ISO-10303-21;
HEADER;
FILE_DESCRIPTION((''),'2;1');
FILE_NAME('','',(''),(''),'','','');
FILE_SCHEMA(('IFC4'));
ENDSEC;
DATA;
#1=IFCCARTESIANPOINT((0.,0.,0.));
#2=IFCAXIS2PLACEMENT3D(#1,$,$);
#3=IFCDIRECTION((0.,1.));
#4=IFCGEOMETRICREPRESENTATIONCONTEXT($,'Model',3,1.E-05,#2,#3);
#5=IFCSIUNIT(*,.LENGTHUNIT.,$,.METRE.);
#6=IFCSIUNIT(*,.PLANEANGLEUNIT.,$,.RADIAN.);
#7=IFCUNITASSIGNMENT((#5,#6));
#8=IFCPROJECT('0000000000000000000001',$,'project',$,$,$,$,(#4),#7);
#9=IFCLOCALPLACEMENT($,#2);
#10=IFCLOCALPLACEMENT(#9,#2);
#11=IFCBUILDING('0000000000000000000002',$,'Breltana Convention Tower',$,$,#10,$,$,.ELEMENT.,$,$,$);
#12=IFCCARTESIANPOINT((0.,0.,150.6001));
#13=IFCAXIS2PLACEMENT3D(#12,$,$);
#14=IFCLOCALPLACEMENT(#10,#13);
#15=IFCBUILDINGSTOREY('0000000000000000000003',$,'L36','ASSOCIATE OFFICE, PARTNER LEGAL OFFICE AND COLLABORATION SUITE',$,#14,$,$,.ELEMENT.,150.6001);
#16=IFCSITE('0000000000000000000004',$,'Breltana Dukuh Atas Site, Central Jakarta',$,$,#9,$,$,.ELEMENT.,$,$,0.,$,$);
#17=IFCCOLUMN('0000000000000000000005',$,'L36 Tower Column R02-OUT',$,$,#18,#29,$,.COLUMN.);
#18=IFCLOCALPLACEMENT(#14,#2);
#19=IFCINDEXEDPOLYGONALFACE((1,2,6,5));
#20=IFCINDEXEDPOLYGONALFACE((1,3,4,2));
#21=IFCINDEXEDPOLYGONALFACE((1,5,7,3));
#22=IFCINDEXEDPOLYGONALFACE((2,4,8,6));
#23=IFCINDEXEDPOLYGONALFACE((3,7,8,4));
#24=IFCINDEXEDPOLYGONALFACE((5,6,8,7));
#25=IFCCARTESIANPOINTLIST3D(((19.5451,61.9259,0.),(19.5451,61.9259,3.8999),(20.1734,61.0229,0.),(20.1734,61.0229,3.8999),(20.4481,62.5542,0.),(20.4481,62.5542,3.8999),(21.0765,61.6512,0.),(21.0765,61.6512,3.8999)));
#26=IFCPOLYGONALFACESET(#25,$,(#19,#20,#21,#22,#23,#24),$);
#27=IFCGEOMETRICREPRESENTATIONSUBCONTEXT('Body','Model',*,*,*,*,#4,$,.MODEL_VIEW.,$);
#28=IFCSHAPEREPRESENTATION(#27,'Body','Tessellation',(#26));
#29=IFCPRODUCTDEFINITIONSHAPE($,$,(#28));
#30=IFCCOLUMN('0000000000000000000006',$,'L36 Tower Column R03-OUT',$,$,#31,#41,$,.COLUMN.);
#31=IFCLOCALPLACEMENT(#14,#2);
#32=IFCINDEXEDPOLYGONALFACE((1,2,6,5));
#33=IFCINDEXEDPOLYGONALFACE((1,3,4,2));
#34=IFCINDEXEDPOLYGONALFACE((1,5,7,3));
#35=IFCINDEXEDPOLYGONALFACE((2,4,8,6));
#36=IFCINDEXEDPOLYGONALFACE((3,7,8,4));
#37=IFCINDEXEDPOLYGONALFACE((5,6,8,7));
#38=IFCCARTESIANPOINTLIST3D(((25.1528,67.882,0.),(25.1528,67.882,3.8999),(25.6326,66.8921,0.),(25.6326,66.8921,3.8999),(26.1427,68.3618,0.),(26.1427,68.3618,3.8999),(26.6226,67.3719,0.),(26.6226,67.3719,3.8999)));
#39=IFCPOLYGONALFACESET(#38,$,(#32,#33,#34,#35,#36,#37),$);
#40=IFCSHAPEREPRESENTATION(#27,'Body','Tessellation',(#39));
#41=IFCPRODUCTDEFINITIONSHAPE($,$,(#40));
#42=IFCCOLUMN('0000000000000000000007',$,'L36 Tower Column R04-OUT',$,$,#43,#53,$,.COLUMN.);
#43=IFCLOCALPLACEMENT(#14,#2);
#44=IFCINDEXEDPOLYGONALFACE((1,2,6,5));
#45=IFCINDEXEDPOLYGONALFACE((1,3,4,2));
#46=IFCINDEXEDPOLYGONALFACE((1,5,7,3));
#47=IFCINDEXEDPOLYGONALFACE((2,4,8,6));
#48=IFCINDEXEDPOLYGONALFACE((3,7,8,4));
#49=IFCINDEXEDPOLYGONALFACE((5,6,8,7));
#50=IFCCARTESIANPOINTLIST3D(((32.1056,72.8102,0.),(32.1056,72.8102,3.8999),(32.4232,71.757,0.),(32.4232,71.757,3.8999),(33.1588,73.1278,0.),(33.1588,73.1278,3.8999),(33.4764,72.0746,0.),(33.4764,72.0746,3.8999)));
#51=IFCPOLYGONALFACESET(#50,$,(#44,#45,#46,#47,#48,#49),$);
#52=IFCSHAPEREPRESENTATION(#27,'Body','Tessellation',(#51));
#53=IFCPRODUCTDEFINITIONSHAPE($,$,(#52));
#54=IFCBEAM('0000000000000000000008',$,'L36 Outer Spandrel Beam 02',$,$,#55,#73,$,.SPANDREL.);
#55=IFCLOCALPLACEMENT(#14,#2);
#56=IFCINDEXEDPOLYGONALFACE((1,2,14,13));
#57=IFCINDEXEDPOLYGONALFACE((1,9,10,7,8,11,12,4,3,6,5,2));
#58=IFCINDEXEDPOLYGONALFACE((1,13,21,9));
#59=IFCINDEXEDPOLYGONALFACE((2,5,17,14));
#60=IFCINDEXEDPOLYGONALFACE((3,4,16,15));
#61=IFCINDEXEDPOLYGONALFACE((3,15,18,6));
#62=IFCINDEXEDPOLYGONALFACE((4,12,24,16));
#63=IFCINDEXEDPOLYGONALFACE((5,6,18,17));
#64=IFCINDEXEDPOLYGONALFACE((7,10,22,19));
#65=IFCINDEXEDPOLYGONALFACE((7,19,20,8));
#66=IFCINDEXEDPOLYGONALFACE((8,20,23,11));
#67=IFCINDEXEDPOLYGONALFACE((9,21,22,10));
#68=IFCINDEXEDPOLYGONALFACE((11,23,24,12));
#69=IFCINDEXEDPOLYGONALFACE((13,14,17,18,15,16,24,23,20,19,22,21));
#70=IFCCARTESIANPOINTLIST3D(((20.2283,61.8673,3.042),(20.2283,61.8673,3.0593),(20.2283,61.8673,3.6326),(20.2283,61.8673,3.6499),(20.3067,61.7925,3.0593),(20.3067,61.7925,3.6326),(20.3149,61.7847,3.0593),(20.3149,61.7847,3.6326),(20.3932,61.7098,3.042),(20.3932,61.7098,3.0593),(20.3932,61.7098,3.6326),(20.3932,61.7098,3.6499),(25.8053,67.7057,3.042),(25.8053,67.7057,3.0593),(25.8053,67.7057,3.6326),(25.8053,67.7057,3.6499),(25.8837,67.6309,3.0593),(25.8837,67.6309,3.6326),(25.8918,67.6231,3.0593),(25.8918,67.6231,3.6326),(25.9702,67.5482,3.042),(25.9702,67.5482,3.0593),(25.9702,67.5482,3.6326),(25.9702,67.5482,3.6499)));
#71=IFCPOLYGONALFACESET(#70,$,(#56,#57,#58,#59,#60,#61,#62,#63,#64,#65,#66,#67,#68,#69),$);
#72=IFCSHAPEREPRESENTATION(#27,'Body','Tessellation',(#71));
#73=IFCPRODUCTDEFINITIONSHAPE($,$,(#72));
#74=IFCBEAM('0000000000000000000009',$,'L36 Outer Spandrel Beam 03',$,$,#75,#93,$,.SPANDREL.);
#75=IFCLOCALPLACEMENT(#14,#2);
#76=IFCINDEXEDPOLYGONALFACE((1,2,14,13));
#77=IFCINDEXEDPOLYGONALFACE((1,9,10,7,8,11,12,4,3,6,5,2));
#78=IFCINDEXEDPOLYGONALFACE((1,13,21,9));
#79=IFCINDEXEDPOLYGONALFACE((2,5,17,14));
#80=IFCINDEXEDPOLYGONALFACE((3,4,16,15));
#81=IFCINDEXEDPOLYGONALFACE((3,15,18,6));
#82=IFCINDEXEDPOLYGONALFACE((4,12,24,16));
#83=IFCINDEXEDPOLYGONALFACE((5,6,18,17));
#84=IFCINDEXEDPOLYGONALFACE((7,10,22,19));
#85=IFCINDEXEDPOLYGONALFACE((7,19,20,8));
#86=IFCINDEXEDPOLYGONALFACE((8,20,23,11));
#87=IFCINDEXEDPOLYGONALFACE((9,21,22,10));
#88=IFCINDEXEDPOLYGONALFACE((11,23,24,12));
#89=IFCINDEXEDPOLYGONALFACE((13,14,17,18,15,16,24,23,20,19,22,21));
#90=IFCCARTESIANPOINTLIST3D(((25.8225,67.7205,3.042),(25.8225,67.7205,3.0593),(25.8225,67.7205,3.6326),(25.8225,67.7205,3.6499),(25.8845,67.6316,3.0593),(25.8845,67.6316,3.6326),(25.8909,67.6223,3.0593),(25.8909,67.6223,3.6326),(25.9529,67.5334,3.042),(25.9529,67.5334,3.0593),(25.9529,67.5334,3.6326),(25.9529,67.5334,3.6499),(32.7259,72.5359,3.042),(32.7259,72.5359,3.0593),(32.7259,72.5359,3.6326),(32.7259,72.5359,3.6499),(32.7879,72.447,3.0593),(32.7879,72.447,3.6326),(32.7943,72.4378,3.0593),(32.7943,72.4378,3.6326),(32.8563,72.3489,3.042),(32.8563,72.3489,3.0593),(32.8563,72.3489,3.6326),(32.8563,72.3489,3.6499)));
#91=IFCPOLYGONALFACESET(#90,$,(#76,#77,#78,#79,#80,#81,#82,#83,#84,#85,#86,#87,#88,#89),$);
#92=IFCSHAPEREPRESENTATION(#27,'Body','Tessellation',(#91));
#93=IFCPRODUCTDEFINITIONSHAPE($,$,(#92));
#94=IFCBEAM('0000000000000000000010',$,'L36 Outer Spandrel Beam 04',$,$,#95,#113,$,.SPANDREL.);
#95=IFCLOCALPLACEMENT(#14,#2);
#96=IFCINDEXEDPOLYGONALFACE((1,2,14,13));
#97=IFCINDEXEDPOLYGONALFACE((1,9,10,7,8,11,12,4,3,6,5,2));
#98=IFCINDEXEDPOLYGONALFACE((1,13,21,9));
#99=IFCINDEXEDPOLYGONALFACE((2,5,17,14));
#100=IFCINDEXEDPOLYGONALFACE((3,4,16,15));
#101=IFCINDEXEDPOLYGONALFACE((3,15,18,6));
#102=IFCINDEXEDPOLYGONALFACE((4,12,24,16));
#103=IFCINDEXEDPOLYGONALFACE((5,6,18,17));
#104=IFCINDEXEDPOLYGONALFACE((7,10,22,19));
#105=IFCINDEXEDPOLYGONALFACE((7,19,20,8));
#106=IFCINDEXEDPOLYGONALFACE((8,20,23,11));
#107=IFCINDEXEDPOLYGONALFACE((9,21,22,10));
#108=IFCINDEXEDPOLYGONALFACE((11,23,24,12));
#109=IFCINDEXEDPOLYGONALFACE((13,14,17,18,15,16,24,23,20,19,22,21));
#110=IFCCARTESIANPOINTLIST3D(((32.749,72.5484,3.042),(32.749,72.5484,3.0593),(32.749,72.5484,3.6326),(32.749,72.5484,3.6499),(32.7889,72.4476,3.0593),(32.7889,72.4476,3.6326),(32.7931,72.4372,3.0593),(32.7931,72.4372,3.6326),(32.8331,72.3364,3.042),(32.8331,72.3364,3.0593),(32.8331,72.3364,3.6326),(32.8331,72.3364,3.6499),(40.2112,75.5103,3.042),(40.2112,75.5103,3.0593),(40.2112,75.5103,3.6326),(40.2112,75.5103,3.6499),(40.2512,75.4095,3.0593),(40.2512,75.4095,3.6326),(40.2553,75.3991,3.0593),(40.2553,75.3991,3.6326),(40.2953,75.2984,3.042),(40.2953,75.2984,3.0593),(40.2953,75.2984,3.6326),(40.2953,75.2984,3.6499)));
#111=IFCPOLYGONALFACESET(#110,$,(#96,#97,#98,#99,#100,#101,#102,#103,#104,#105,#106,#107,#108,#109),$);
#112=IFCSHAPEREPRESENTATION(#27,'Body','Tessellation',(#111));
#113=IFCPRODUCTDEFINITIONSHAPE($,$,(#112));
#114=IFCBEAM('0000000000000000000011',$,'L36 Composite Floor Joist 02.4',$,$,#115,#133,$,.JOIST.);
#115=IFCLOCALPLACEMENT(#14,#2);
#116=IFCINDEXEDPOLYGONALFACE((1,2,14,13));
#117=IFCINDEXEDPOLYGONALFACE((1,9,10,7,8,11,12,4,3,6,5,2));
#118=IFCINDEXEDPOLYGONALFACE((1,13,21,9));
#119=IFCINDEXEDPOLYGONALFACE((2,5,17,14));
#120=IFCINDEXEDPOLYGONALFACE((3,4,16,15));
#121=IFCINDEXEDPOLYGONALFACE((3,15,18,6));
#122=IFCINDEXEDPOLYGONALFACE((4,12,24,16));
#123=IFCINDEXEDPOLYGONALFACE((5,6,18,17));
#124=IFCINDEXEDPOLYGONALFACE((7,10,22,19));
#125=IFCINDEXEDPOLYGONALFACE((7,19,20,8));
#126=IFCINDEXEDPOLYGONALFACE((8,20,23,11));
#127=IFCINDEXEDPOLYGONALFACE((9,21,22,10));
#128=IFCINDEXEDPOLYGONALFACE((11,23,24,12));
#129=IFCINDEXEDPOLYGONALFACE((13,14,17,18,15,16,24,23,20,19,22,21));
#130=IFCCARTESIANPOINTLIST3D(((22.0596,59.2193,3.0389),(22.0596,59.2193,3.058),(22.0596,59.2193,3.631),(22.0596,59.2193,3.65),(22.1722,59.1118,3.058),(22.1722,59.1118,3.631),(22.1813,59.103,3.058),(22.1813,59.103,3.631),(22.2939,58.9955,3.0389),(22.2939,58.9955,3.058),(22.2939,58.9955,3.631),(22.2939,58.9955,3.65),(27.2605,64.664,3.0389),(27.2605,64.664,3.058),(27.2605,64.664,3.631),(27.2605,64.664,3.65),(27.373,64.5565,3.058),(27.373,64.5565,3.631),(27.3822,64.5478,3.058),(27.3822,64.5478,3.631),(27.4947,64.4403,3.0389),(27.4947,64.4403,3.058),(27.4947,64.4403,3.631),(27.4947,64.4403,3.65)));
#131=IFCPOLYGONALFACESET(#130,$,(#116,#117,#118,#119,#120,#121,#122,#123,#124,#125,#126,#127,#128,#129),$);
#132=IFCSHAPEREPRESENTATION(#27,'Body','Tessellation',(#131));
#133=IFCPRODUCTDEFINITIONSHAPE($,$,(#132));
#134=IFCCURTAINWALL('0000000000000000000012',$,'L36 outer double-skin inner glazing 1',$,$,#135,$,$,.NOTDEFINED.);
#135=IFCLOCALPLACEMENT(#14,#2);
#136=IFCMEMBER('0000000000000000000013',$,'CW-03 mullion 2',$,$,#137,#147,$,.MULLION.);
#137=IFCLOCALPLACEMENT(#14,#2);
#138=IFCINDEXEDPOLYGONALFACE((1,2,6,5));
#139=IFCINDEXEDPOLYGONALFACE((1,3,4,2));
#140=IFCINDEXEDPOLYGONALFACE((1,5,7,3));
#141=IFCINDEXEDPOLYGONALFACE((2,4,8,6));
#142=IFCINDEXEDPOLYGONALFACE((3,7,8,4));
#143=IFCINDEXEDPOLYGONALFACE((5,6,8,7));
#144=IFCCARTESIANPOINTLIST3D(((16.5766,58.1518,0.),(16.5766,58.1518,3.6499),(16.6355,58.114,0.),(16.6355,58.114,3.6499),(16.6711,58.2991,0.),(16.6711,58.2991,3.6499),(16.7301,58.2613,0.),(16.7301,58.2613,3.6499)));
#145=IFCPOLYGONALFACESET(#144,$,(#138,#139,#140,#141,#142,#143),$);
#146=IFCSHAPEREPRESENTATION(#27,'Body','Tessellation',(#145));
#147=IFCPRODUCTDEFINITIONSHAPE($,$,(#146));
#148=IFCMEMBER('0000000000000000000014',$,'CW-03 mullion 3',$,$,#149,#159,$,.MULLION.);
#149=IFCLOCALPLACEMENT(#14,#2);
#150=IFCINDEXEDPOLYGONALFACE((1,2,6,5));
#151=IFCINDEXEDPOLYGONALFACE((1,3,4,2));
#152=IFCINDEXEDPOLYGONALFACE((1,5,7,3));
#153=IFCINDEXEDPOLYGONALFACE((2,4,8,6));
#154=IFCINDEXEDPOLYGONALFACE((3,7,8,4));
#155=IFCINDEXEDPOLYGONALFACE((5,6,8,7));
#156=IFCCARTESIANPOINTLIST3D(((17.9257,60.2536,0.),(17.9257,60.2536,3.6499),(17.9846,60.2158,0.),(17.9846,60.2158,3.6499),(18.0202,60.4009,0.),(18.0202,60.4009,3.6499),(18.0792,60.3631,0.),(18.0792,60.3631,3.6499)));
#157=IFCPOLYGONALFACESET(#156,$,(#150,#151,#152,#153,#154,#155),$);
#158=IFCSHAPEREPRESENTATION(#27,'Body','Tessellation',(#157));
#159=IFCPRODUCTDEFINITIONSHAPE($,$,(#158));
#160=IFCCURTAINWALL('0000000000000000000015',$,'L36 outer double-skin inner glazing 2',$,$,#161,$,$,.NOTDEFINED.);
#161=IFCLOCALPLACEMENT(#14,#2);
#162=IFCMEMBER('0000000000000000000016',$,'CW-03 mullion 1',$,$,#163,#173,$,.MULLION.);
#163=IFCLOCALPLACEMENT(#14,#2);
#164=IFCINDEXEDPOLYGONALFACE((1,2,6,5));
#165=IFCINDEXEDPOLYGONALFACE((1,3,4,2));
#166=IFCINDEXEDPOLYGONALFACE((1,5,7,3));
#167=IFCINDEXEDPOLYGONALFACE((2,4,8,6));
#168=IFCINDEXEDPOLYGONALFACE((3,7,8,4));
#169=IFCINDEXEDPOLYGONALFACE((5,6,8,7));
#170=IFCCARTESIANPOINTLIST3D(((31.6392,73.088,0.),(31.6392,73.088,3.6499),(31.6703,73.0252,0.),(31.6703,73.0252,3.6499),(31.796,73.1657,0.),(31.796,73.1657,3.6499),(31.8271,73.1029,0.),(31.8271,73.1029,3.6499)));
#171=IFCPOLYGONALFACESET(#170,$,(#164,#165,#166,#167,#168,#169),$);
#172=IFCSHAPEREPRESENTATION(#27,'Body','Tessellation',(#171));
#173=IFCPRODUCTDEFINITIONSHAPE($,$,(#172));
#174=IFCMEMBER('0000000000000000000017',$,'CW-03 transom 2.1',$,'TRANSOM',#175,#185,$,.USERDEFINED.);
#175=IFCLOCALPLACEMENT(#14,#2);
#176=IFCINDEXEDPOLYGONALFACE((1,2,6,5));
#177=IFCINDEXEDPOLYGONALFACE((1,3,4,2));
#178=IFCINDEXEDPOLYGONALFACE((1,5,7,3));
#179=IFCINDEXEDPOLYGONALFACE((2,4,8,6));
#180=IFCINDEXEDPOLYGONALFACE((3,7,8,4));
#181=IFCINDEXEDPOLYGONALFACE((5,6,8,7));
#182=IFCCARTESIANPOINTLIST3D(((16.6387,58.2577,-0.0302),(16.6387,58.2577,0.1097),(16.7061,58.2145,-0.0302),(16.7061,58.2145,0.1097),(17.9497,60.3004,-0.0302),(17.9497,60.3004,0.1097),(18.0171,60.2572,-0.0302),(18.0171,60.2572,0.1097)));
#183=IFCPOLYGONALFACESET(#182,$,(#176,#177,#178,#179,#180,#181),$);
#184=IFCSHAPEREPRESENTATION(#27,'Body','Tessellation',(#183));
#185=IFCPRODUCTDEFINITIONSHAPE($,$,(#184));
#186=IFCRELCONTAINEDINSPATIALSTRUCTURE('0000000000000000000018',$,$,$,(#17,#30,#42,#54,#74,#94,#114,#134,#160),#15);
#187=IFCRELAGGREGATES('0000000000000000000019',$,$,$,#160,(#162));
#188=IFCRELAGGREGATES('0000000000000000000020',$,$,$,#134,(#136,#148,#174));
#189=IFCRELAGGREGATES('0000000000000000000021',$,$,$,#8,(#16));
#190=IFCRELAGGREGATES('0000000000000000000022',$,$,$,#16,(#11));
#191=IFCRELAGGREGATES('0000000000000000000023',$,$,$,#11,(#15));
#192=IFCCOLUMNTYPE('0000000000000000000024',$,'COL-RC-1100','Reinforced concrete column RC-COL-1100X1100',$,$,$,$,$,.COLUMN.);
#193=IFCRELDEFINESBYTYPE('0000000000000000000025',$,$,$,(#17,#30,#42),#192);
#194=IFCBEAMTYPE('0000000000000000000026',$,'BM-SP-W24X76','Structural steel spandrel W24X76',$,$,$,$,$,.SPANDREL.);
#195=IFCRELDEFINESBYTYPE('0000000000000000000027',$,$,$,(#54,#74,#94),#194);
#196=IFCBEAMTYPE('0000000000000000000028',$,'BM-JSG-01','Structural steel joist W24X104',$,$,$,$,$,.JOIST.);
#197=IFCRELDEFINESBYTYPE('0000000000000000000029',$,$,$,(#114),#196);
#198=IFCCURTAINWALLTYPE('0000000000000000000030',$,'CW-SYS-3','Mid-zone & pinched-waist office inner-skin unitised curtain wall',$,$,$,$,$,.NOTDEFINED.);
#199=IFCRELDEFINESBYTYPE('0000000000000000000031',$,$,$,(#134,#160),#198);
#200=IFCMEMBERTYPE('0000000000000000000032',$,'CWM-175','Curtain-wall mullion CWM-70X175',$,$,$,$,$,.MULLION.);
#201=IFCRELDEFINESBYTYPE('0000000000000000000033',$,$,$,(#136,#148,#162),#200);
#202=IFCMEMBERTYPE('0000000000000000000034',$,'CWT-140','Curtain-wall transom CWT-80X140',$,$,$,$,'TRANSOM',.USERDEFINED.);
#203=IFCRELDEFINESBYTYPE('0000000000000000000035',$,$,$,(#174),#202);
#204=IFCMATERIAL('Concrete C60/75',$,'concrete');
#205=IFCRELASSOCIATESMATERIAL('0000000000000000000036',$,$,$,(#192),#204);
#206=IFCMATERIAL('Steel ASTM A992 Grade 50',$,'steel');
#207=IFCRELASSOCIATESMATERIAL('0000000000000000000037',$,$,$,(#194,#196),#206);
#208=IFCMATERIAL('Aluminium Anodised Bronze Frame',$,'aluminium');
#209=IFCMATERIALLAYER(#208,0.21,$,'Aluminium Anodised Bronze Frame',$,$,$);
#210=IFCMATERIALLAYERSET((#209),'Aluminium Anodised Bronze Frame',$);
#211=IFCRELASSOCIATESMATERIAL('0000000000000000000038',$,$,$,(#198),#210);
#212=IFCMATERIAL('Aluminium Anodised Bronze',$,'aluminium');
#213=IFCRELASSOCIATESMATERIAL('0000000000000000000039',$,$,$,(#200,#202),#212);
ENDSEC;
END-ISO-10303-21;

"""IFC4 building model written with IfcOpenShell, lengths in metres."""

from ifc_helpers import new_model, si_unit, direction, frame, origin, origin_2d, place, context, subcontext, project, spatial, rectangle, i_section, extrude, source, transform, mapped, material, layer, layer_set, material_profile, profile_set, type_object, element, aggregate, save


model = new_model("IFC4")

# Units and contexts
model_context = context("Model", 3, precision=1e-05, world=origin(), true_north=direction((0.0, 1.0)))
body_context = subcontext(model_context, "Body", "Model", "MODEL_VIEW")
ifc_project = project(units=[si_unit("LENGTHUNIT", "METRE"), si_unit("PLANEANGLEUNIT", "RADIAN")], contexts=[model_context])

# Site, building, storey
site_placement = place(None, origin())
site = spatial("IfcSite", under=ifc_project, at=site_placement, Name="Breltana Dukuh Atas Site, Central Jakarta", CompositionType="ELEMENT", RefElevation=0.0)
building_placement = place(site_placement, origin())
building = spatial("IfcBuilding", under=site, at=building_placement, Name="Breltana Convention Tower", CompositionType="ELEMENT")
storey_placement = place(building_placement, frame((0.0, 0.0, 150.6001)))
storey = spatial("IfcBuildingStorey", under=building, at=storey_placement, Name="L36", Description="ASSOCIATE OFFICE, PARTNER LEGAL OFFICE AND COLLABORATION SUITE", CompositionType="ELEMENT", Elevation=150.6001)

# Columns
ifc_material_1 = material(Name="Concrete C60/75", Category="concrete")
ifc_material_profile_1 = material_profile(ifc_material_1, rectangle(XDim=1.1001, YDim=1.1001, at=origin_2d()), Name="RC-COL-1100X1100")
ifc_profile_set_1 = profile_set([ifc_material_profile_1], Name="Concrete C60/75")
column_type = type_object("IfcColumnType", Name="COL-RC-1100", Description="Reinforced concrete column RC-COL-1100X1100", PredefinedType="COLUMN", material=ifc_profile_set_1)
shared_shape_1 = source(origin(), body_context, "Body", "SweptSolid", [
    extrude(rectangle(XDim=1.1001, YDim=1.1001, at=origin_2d()), origin(), (0.0, 0.0, 1.0), 3.8999),
])
for number, where, z_axis, x_axis, name in (
    (1, (20.3108, 61.7886, 0.0), (0.0, 0.0, 1.0), (-0.571143, 0.82085, 0.0), "L36 Tower Column R02-OUT"),
    (2, (25.8877, 67.627, 0.0), (0.0, 0.0, 1.0), (-0.436174, 0.899863, 0.0), "L36 Tower Column R03-OUT"),
    (3, (32.791, 72.4424, 0.0), (0.0, 0.0, 1.0), (-0.288698, 0.95742, 0.0), "L36 Tower Column R04-OUT"),
):
    element("IfcColumn", number, at=place(storey_placement, frame(where, z_axis=z_axis, x_axis=x_axis)), inside=storey, type_object=column_type, Name=name, PredefinedType="COLUMN", context=body_context, shape_type="MappedRepresentation", body=[
        mapped(shared_shape_1, transform((0.0, 0.0, 0.0), scale=1.0)),
    ])

# Beams
ifc_material_2 = material(Name="Steel ASTM A992 Grade 50", Category="steel")
ifc_material_profile_2 = material_profile(ifc_material_2, i_section(OverallWidth=0.228, OverallDepth=0.6079, WebThickness=0.0112, FlangeThickness=0.0173, at=origin_2d()), Name="W24X76")
ifc_profile_set_2 = profile_set([ifc_material_profile_2], Name="Steel ASTM A992 Grade 50")
beam_type_1 = type_object("IfcBeamType", Name="BM-SP-W24X76", Description="Structural steel spandrel W24X76", PredefinedType="SPANDREL", material=ifc_profile_set_2)
shared_shape_2 = source(origin(), body_context, "Body", "SweptSolid", [
    extrude(i_section(OverallWidth=0.228, OverallDepth=0.6079, WebThickness=0.0112, FlangeThickness=0.0173, at=origin_2d()), origin(), (0.0, 0.0, 1.0), 8.074),
])
beam_1_placement = place(storey_placement, frame((20.3108, 61.7886, 3.3459), z_axis=(0.690729, 0.723114, 0.0), x_axis=(-0.723114, 0.690729, 0.0)))
element("IfcBeam", 4, at=beam_1_placement, inside=storey, type_object=beam_type_1, Name="L36 Outer Spandrel Beam 02", PredefinedType="SPANDREL", context=body_context, shape_type="MappedRepresentation", body=[
    mapped(shared_shape_2, transform((0.0, 0.0, 0.0), scale=1.0)),
])
shared_shape_3 = source(origin(), body_context, "Body", "SweptSolid", [
    extrude(i_section(OverallWidth=0.228, OverallDepth=0.6079, WebThickness=0.0112, FlangeThickness=0.0173, at=origin_2d()), origin(), (0.0, 0.0, 1.0), 8.417),
])
beam_2_placement = place(storey_placement, frame((25.8877, 67.627, 3.3459), z_axis=(0.820174, 0.572114, 0.0), x_axis=(-0.572114, 0.820174, 0.0)))
element("IfcBeam", 5, at=beam_2_placement, inside=storey, type_object=beam_type_1, Name="L36 Outer Spandrel Beam 03", PredefinedType="SPANDREL", context=body_context, shape_type="MappedRepresentation", body=[
    mapped(shared_shape_3, transform((0.0, 0.0, 0.0), scale=1.0)),
])
shared_shape_4 = source(origin(), body_context, "Body", "SweptSolid", [
    extrude(i_section(OverallWidth=0.228, OverallDepth=0.6079, WebThickness=0.0112, FlangeThickness=0.0173, at=origin_2d()), origin(), (0.0, 0.0, 1.0), 8.0286),
])
beam_3_placement = place(storey_placement, frame((32.791, 72.4424, 3.3459), z_axis=(0.929459, 0.368925, 0.0), x_axis=(-0.368925, 0.929459, 0.0)))
element("IfcBeam", 6, at=beam_3_placement, inside=storey, type_object=beam_type_1, Name="L36 Outer Spandrel Beam 04", PredefinedType="SPANDREL", context=body_context, shape_type="MappedRepresentation", body=[
    mapped(shared_shape_4, transform((0.0, 0.0, 0.0), scale=1.0)),
])
ifc_material_profile_3 = material_profile(ifc_material_2, i_section(OverallWidth=0.324, OverallDepth=0.6111, WebThickness=0.0127, FlangeThickness=0.019, at=origin_2d()), Name="W24X104")
ifc_profile_set_3 = profile_set([ifc_material_profile_3], Name="Steel ASTM A992 Grade 50")
beam_type_2 = type_object("IfcBeamType", Name="BM-JSG-01", Description="Structural steel joist W24X104", PredefinedType="JOIST", material=ifc_profile_set_3)
shared_shape_5 = source(origin(), body_context, "Body", "SweptSolid", [
    extrude(i_section(OverallWidth=0.324, OverallDepth=0.6111, WebThickness=0.0127, FlangeThickness=0.019, at=origin_2d()), origin(), (0.0, 0.0, 1.0), 7.5295),
])
beam_4_placement = place(storey_placement, frame((22.1768, 59.1074, 3.3445), z_axis=(0.690726, 0.723117, 0.0), x_axis=(-0.723117, 0.690726, 0.0)))
element("IfcBeam", 7, at=beam_4_placement, inside=storey, type_object=beam_type_2, Name="L36 Composite Floor Joist 02.4", PredefinedType="JOIST", context=body_context, shape_type="MappedRepresentation", body=[
    mapped(shared_shape_5, transform((0.0, 0.0, 0.0), scale=1.0)),
])

# Curtain wall, members
ifc_material_3 = material(Name="Aluminium Anodised Bronze Frame", Category="aluminium")
ifc_layer_1 = layer(ifc_material_3, 0.21, Name="Aluminium Anodised Bronze Frame")
ifc_layer_set_1 = layer_set([ifc_layer_1], Name="Aluminium Anodised Bronze Frame")
curtain_wall_type = type_object("IfcCurtainWallType", Name="CW-SYS-3", Description="Mid-zone & pinched-waist office inner-skin unitised curtain wall", PredefinedType="NOTDEFINED", material=ifc_layer_set_1)
curtain_wall_1_placement = place(storey_placement, origin())
curtain_wall_1 = element("IfcCurtainWall", 8, at=curtain_wall_1_placement, inside=storey, type_object=curtain_wall_type, Name="L36 outer double-skin inner glazing 1", PredefinedType="NOTDEFINED")
ifc_material_4 = material(Name="Aluminium Anodised Bronze", Category="aluminium")
ifc_material_profile_4 = material_profile(ifc_material_4, rectangle(XDim=0.0701, YDim=0.175, at=origin_2d()), Name="CWM-70X175")
ifc_profile_set_4 = profile_set([ifc_material_profile_4], Name="Aluminium Anodised Bronze")
member_type_1 = type_object("IfcMemberType", Name="CWM-175", Description="Curtain-wall mullion CWM-70X175", PredefinedType="MULLION", material=ifc_profile_set_4)
shared_shape_6 = source(origin(), body_context, "Body", "SweptSolid", [
    extrude(rectangle(XDim=0.0701, YDim=0.175, at=origin_2d()), origin(), (0.0, 0.0, 1.0), 3.6499),
])
member_1_placement = place(storey_placement, frame((16.6533, 58.2065, 0.0), z_axis=(0.0, 0.0, 1.0), x_axis=(-0.841554, 0.540173, 0.0)))
member_1 = element("IfcMember", 9, at=member_1_placement, type_object=member_type_1, Name="CW-03 mullion 2", PredefinedType="MULLION", context=body_context, shape_type="MappedRepresentation", body=[
    mapped(shared_shape_6, transform((0.0, 0.0, 0.0), scale=1.0)),
])
member_2_placement = place(storey_placement, frame((18.0024, 60.3083, 0.0), z_axis=(0.0, 0.0, 1.0), x_axis=(-0.841554, 0.540173, 0.0)))
member_2 = element("IfcMember", 10, at=member_2_placement, type_object=member_type_1, Name="CW-03 mullion 3", PredefinedType="MULLION", context=body_context, shape_type="MappedRepresentation", body=[
    mapped(shared_shape_6, transform((0.0, 0.0, 0.0), scale=1.0)),
])

# Curtain wall, member
curtain_wall_2_placement = place(storey_placement, origin())
curtain_wall_2 = element("IfcCurtainWall", 11, at=curtain_wall_2_placement, inside=storey, type_object=curtain_wall_type, Name="L36 outer double-skin inner glazing 2", PredefinedType="NOTDEFINED")
member_3_placement = place(storey_placement, frame((31.7332, 73.0955, 0.0), z_axis=(0.0, 0.0, 1.0), x_axis=(-0.444118, 0.895968, 0.0)))
member_3 = element("IfcMember", 12, at=member_3_placement, type_object=member_type_1, Name="CW-03 mullion 1", PredefinedType="MULLION", context=body_context, shape_type="MappedRepresentation", body=[
    mapped(shared_shape_6, transform((0.0, 0.0, 0.0), scale=1.0)),
])

# Member
ifc_material_profile_5 = material_profile(ifc_material_4, rectangle(XDim=0.0801, YDim=0.1399, at=origin_2d()), Name="CWT-80X140")
ifc_profile_set_5 = profile_set([ifc_material_profile_5], Name="Aluminium Anodised Bronze")
member_type_2 = type_object("IfcMemberType", Name="CWT-140", Description="Curtain-wall transom CWT-80X140", ElementType="TRANSOM", PredefinedType="USERDEFINED", material=ifc_profile_set_5)
shared_shape_7 = source(origin(), body_context, "Body", "SweptSolid", [
    extrude(rectangle(XDim=0.0801, YDim=0.1399, at=origin_2d()), origin(), (0.0, 0.0, 1.0), 2.4272),
])
member_4_placement = place(storey_placement, frame((16.6724, 58.2361, 0.0398), z_axis=(0.540132, 0.84158, 0.0), x_axis=(-0.84158, 0.540132, 0.0)))
member_4 = element("IfcMember", 13, at=member_4_placement, type_object=member_type_2, Name="CW-03 transom 2.1", ObjectType="TRANSOM", PredefinedType="USERDEFINED", context=body_context, shape_type="MappedRepresentation", body=[
    mapped(shared_shape_7, transform((0.0, 0.0, 0.0), scale=1.0)),
])
aggregate(curtain_wall_2, [member_3])

aggregate(curtain_wall_1, [member_1, member_2, member_4])

save(model, "model.ifc")
